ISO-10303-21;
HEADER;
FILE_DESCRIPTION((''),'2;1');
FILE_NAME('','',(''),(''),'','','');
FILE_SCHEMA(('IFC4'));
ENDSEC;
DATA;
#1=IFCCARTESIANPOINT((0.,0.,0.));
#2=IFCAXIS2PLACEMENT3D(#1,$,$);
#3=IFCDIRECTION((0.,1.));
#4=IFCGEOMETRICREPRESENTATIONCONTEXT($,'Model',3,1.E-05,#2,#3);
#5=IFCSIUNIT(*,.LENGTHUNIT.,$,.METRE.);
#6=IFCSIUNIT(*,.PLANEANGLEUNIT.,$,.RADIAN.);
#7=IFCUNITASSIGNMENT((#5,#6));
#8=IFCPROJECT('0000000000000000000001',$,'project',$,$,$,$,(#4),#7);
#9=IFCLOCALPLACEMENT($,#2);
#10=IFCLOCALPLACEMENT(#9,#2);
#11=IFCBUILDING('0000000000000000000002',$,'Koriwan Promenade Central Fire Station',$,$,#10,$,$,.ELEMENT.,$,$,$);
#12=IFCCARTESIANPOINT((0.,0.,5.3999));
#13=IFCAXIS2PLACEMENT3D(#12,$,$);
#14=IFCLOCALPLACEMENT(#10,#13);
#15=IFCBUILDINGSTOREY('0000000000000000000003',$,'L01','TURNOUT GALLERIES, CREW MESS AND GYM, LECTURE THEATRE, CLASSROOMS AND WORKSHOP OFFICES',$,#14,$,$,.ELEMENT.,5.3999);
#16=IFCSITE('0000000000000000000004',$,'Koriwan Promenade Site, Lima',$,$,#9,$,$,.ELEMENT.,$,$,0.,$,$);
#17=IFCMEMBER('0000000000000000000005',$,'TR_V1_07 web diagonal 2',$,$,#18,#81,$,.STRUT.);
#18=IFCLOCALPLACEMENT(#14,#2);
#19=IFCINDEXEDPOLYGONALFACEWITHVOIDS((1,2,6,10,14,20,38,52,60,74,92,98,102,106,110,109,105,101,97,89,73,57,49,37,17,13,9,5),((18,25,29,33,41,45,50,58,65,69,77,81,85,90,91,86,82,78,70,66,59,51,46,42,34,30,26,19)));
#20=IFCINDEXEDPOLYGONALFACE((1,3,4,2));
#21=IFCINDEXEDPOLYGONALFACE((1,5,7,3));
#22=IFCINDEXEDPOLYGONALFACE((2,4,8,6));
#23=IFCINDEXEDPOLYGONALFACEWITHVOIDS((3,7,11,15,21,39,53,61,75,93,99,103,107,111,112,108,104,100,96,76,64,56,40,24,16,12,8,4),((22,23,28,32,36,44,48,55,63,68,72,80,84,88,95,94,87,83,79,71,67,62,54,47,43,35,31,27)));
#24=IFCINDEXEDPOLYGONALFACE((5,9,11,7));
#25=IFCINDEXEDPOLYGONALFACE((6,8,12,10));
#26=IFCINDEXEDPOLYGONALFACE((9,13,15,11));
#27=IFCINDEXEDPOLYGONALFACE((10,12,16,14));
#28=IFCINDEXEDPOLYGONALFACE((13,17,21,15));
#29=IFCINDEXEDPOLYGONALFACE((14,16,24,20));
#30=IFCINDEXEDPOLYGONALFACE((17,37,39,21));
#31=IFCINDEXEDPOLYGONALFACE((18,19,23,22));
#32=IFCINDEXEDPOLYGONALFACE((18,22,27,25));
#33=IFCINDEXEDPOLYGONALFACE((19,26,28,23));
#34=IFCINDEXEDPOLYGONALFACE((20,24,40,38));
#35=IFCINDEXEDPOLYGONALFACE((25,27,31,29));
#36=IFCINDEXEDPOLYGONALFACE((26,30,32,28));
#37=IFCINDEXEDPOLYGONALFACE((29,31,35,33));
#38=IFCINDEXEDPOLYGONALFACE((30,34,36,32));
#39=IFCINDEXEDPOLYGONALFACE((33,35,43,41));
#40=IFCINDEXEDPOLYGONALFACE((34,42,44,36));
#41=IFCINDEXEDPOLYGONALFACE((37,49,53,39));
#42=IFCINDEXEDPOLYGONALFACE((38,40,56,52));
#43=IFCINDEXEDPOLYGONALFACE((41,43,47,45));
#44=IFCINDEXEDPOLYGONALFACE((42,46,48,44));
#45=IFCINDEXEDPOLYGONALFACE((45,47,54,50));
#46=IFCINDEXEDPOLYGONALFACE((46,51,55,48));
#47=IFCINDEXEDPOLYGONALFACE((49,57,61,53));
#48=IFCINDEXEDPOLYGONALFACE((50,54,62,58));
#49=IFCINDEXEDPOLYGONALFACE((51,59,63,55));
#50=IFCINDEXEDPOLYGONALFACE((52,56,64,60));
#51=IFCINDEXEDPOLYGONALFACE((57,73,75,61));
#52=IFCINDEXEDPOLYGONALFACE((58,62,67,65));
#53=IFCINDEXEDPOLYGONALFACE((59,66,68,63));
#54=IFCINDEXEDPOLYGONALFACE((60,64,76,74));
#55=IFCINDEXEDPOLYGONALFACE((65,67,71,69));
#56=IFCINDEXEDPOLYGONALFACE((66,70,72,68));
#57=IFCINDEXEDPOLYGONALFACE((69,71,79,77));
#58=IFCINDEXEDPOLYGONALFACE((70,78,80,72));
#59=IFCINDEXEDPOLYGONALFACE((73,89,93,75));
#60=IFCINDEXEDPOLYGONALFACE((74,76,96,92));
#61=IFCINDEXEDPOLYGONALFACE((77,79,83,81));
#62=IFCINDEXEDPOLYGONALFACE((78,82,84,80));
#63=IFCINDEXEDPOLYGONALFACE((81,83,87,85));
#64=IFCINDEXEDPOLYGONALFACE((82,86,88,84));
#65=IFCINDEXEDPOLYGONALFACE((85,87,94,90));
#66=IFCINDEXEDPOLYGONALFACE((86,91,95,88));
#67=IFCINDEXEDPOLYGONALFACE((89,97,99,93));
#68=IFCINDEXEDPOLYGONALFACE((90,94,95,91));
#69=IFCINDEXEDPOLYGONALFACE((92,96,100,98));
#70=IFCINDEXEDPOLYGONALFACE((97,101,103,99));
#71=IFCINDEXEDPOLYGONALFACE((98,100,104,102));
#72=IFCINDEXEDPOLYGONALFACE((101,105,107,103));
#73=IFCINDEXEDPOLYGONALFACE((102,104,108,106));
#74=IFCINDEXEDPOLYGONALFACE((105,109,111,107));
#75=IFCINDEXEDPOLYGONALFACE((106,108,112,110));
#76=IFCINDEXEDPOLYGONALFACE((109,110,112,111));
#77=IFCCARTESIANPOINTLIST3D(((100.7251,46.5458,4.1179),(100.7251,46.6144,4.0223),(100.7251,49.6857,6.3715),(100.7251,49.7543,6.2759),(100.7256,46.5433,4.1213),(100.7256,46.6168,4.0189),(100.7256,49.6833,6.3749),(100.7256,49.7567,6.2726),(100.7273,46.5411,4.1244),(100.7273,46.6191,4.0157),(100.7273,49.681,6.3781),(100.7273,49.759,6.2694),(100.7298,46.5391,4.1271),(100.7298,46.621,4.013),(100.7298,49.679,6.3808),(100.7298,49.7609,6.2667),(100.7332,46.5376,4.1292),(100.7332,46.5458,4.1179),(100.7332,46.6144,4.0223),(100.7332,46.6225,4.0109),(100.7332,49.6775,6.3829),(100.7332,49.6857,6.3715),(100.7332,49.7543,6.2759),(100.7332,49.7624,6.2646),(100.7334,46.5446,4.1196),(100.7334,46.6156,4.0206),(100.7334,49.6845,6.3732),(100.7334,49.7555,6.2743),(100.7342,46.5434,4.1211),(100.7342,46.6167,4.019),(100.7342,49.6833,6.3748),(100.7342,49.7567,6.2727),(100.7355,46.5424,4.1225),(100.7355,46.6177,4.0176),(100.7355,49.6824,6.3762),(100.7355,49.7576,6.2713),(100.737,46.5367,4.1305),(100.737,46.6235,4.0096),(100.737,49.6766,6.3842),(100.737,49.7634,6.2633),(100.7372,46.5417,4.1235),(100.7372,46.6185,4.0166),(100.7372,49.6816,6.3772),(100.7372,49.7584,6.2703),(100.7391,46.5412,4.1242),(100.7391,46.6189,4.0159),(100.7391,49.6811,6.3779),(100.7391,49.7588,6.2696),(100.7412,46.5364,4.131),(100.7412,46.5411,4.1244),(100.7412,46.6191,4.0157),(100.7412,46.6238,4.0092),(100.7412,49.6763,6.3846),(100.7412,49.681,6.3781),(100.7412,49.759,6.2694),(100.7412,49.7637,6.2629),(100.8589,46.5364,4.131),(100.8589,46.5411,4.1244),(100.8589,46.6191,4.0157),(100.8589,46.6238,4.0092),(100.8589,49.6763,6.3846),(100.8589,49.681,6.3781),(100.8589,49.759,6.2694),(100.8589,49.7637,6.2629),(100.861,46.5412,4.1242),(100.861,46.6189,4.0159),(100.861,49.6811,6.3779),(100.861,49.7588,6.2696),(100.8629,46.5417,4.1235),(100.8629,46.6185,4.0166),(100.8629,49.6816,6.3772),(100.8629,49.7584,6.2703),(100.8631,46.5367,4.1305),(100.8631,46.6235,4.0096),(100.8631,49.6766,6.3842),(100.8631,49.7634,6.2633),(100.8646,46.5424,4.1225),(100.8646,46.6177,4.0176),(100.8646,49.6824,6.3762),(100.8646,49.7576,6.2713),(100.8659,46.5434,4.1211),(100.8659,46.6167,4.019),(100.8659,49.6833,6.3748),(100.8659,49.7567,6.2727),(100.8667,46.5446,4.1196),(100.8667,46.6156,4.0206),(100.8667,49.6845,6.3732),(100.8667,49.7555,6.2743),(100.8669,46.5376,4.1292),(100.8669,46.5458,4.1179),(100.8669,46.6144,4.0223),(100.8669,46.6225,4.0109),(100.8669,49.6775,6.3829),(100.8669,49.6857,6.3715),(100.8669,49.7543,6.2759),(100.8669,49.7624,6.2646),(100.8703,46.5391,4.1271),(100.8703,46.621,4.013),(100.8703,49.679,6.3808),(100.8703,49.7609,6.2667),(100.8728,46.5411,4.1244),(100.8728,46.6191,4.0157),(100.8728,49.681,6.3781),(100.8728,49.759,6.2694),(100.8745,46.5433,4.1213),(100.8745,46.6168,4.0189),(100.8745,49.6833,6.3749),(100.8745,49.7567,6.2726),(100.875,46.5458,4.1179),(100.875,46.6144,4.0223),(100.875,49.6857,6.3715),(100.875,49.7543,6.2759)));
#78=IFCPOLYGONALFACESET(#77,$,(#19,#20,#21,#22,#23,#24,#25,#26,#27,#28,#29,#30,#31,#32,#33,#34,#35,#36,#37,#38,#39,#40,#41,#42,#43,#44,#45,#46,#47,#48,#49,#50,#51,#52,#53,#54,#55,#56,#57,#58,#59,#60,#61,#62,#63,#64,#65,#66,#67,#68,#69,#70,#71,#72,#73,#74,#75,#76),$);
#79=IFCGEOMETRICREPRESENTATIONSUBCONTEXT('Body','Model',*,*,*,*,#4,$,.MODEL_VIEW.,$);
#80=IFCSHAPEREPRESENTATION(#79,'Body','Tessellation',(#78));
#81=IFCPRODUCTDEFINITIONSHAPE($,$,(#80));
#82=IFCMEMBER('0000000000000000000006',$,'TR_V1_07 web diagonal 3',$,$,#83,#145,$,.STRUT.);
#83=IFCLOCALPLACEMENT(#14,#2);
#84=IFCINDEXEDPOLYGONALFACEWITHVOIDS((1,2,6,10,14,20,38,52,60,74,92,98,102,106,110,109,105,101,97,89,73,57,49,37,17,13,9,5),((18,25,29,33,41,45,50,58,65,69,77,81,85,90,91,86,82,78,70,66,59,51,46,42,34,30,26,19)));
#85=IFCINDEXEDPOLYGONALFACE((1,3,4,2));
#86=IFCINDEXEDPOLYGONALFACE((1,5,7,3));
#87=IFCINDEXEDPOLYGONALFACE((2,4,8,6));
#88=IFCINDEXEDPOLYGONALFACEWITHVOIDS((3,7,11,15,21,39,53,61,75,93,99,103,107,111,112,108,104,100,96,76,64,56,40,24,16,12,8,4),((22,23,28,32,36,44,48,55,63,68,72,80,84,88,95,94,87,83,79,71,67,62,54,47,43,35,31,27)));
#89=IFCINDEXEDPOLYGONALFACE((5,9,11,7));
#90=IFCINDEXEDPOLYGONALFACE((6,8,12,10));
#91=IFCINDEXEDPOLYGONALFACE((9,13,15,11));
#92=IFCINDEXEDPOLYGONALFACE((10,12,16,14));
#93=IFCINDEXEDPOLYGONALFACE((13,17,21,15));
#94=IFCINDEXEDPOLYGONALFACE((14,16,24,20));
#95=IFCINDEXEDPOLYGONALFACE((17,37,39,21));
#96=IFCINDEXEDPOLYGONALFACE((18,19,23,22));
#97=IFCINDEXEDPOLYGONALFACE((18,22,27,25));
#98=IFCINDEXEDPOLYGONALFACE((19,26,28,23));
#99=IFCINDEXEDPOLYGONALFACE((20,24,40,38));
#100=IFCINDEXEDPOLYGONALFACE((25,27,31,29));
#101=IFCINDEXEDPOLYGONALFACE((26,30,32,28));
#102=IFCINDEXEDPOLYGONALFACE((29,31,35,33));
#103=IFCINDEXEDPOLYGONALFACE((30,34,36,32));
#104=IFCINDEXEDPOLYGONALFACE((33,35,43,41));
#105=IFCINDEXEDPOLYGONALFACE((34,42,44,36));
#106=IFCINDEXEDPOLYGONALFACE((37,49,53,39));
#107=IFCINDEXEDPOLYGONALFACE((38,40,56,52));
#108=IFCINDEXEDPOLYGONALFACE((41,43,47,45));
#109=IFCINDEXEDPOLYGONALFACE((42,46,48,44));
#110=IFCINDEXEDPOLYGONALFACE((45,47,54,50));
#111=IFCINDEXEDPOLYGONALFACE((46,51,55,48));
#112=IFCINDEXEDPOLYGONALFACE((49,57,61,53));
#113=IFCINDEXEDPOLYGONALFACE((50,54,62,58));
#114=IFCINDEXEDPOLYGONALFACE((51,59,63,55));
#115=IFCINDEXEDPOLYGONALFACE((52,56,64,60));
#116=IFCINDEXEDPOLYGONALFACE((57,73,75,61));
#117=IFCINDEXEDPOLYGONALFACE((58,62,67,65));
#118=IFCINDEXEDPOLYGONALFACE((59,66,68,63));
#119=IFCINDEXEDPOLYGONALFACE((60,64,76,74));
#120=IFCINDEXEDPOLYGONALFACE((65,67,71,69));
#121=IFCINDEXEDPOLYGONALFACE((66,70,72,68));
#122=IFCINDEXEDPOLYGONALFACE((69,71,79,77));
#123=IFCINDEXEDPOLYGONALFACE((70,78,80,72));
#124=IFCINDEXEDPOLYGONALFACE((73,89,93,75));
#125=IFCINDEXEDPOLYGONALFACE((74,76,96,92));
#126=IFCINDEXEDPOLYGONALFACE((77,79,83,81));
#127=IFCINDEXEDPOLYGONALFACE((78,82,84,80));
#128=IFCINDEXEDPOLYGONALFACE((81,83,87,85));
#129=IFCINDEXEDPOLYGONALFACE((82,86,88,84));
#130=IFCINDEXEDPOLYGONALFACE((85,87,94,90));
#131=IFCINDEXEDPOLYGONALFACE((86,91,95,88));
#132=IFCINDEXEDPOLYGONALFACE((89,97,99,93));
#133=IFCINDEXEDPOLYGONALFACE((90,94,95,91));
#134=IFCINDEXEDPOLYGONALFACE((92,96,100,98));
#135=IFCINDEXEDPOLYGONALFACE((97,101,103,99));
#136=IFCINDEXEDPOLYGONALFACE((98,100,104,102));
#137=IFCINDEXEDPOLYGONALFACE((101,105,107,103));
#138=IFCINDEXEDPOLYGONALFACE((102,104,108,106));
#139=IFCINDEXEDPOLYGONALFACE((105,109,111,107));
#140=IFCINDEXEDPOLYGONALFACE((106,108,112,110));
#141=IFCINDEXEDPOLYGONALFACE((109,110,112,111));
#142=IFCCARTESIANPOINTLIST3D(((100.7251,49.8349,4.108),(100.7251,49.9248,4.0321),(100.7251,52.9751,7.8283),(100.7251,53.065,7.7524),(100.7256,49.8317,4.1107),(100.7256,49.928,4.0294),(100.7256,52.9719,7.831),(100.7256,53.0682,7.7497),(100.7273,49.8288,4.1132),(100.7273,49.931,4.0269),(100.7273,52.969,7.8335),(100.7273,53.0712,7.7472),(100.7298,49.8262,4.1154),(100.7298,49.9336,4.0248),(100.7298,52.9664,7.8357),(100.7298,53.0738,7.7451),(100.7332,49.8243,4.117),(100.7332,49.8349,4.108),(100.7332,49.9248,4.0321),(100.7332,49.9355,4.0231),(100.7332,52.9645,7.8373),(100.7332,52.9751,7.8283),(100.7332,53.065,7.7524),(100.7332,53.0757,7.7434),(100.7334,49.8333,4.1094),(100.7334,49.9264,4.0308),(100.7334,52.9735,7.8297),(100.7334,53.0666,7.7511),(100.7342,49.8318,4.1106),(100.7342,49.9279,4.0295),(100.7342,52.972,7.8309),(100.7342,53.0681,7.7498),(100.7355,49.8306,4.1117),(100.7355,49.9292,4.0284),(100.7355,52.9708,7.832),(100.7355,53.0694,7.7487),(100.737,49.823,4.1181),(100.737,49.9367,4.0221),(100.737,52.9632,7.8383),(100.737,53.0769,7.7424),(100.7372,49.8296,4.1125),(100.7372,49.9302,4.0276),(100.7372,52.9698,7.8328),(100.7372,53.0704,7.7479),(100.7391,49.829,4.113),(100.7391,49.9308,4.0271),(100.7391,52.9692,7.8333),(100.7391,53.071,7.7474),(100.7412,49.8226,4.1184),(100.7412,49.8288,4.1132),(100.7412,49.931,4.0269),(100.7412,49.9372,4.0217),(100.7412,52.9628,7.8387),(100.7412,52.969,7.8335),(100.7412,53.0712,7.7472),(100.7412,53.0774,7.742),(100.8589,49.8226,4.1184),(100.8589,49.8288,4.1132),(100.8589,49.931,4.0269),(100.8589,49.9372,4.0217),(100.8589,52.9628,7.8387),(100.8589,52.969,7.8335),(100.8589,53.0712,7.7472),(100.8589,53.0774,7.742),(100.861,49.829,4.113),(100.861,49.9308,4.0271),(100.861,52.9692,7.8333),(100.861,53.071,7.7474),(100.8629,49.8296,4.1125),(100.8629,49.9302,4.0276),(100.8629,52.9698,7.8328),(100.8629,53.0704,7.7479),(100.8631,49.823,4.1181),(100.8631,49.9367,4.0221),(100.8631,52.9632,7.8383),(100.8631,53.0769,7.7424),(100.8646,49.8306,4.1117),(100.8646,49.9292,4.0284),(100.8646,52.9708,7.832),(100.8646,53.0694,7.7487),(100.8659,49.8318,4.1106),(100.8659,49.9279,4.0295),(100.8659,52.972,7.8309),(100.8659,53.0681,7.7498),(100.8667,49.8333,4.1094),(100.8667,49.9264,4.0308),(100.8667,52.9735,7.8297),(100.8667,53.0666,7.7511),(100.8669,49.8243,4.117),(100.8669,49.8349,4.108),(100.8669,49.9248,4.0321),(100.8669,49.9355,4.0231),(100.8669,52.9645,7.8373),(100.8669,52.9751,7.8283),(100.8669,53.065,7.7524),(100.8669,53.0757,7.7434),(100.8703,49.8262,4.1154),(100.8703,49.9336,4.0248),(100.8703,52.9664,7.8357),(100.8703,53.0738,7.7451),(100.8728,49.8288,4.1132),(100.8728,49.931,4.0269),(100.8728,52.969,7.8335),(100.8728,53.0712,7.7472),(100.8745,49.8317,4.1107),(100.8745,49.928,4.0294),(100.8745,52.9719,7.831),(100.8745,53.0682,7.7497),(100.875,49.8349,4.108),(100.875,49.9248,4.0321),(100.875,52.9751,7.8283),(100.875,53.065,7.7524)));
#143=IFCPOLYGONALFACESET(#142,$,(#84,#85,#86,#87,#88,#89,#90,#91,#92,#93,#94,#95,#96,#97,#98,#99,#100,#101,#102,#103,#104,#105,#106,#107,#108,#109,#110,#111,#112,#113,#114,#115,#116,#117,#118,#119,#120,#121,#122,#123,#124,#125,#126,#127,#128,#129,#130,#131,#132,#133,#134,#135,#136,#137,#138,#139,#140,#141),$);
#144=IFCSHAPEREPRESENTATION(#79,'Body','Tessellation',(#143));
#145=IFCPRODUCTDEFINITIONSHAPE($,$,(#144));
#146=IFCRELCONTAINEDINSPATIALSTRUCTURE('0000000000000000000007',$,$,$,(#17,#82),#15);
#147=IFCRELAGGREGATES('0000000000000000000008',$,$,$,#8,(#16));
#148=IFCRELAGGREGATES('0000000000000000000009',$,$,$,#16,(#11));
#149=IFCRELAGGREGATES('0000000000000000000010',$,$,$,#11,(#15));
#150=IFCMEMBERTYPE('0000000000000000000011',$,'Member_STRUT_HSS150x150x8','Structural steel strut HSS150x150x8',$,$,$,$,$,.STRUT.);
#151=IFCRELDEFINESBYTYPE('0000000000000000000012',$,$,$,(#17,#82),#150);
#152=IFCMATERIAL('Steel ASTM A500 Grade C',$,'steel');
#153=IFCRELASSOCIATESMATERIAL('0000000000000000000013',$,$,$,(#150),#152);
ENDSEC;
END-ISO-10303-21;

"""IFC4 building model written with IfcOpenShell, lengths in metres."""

from ifc_helpers import new_model, si_unit, direction, frame, origin, origin_2d, place, context, subcontext, project, spatial, hollow_rectangle, extrude, material, material_profile, profile_set, type_object, element, save


model = new_model("IFC4")

# Units and contexts
model_context = context("Model", 3, precision=1e-05, world=origin(), true_north=direction((0.0, 1.0)))
body_context = subcontext(model_context, "Body", "Model", "MODEL_VIEW")
ifc_project = project(units=[si_unit("LENGTHUNIT", "METRE"), si_unit("PLANEANGLEUNIT", "RADIAN")], contexts=[model_context])

# Site, building, storey
site_placement = place(None, origin())
site = spatial("IfcSite", under=ifc_project, at=site_placement, Name="Koriwan Promenade Site, Lima", CompositionType="ELEMENT", RefElevation=0.0)
building_placement = place(site_placement, origin())
building = spatial("IfcBuilding", under=site, at=building_placement, Name="Koriwan Promenade Central Fire Station", CompositionType="ELEMENT")
storey_placement = place(building_placement, frame((0.0, 0.0, 5.3999)))
storey = spatial("IfcBuildingStorey", under=building, at=storey_placement, Name="L01", Description="TURNOUT GALLERIES, CREW MESS AND GYM, LECTURE THEATRE, CLASSROOMS AND WORKSHOP OFFICES", CompositionType="ELEMENT", Elevation=5.3999)

# Members
ifc_material_1 = material(Name="Steel ASTM A500 Grade C", Category="steel")
ifc_material_profile_1 = material_profile(ifc_material_1, hollow_rectangle(XDim=0.1499, YDim=0.1499, WallThickness=0.0081, InnerFilletRadius=0.0081, OuterFilletRadius=0.0161, at=origin_2d()), Name="HSS150x150x8")
ifc_profile_set_1 = profile_set([ifc_material_profile_1], Name="Steel ASTM A500 Grade C")
member_type = type_object("IfcMemberType", Name="Member_STRUT_HSS150x150x8", Description="Structural steel strut HSS150x150x8", PredefinedType="STRUT", material=ifc_profile_set_1)
member_1_placement = place(storey_placement, frame((100.8, 46.5801, 4.0701), z_axis=(0.0, 0.8124, 0.583101), x_axis=(-1.0, 0.0, 0.0)))
element("IfcMember", 1, at=member_1_placement, inside=storey, type_object=member_type, Name="TR_V1_07 web diagonal 2", PredefinedType="STRUT", context=body_context, shape_type="SweptSolid", body=[
    extrude(hollow_rectangle(XDim=0.1499, YDim=0.1499, WallThickness=0.0081, InnerFilletRadius=0.0081, OuterFilletRadius=0.0161, at=origin_2d()), origin(), (0.0, 0.0, 1.0), 3.865),
])
member_2_placement = place(storey_placement, frame((100.8, 49.8799, 4.0701), z_axis=(0.0, 0.645016, 0.764169), x_axis=(-1.0, 0.0, 0.0)))
element("IfcMember", 2, at=member_2_placement, inside=storey, type_object=member_type, Name="TR_V1_07 web diagonal 3", PredefinedType="STRUT", context=body_context, shape_type="SweptSolid", body=[
    extrude(hollow_rectangle(XDim=0.1499, YDim=0.1499, WallThickness=0.0081, InnerFilletRadius=0.0081, OuterFilletRadius=0.0161, at=origin_2d()), origin(), (0.0, 0.0, 1.0), 4.8684),
])

save(model, "model.ifc")
